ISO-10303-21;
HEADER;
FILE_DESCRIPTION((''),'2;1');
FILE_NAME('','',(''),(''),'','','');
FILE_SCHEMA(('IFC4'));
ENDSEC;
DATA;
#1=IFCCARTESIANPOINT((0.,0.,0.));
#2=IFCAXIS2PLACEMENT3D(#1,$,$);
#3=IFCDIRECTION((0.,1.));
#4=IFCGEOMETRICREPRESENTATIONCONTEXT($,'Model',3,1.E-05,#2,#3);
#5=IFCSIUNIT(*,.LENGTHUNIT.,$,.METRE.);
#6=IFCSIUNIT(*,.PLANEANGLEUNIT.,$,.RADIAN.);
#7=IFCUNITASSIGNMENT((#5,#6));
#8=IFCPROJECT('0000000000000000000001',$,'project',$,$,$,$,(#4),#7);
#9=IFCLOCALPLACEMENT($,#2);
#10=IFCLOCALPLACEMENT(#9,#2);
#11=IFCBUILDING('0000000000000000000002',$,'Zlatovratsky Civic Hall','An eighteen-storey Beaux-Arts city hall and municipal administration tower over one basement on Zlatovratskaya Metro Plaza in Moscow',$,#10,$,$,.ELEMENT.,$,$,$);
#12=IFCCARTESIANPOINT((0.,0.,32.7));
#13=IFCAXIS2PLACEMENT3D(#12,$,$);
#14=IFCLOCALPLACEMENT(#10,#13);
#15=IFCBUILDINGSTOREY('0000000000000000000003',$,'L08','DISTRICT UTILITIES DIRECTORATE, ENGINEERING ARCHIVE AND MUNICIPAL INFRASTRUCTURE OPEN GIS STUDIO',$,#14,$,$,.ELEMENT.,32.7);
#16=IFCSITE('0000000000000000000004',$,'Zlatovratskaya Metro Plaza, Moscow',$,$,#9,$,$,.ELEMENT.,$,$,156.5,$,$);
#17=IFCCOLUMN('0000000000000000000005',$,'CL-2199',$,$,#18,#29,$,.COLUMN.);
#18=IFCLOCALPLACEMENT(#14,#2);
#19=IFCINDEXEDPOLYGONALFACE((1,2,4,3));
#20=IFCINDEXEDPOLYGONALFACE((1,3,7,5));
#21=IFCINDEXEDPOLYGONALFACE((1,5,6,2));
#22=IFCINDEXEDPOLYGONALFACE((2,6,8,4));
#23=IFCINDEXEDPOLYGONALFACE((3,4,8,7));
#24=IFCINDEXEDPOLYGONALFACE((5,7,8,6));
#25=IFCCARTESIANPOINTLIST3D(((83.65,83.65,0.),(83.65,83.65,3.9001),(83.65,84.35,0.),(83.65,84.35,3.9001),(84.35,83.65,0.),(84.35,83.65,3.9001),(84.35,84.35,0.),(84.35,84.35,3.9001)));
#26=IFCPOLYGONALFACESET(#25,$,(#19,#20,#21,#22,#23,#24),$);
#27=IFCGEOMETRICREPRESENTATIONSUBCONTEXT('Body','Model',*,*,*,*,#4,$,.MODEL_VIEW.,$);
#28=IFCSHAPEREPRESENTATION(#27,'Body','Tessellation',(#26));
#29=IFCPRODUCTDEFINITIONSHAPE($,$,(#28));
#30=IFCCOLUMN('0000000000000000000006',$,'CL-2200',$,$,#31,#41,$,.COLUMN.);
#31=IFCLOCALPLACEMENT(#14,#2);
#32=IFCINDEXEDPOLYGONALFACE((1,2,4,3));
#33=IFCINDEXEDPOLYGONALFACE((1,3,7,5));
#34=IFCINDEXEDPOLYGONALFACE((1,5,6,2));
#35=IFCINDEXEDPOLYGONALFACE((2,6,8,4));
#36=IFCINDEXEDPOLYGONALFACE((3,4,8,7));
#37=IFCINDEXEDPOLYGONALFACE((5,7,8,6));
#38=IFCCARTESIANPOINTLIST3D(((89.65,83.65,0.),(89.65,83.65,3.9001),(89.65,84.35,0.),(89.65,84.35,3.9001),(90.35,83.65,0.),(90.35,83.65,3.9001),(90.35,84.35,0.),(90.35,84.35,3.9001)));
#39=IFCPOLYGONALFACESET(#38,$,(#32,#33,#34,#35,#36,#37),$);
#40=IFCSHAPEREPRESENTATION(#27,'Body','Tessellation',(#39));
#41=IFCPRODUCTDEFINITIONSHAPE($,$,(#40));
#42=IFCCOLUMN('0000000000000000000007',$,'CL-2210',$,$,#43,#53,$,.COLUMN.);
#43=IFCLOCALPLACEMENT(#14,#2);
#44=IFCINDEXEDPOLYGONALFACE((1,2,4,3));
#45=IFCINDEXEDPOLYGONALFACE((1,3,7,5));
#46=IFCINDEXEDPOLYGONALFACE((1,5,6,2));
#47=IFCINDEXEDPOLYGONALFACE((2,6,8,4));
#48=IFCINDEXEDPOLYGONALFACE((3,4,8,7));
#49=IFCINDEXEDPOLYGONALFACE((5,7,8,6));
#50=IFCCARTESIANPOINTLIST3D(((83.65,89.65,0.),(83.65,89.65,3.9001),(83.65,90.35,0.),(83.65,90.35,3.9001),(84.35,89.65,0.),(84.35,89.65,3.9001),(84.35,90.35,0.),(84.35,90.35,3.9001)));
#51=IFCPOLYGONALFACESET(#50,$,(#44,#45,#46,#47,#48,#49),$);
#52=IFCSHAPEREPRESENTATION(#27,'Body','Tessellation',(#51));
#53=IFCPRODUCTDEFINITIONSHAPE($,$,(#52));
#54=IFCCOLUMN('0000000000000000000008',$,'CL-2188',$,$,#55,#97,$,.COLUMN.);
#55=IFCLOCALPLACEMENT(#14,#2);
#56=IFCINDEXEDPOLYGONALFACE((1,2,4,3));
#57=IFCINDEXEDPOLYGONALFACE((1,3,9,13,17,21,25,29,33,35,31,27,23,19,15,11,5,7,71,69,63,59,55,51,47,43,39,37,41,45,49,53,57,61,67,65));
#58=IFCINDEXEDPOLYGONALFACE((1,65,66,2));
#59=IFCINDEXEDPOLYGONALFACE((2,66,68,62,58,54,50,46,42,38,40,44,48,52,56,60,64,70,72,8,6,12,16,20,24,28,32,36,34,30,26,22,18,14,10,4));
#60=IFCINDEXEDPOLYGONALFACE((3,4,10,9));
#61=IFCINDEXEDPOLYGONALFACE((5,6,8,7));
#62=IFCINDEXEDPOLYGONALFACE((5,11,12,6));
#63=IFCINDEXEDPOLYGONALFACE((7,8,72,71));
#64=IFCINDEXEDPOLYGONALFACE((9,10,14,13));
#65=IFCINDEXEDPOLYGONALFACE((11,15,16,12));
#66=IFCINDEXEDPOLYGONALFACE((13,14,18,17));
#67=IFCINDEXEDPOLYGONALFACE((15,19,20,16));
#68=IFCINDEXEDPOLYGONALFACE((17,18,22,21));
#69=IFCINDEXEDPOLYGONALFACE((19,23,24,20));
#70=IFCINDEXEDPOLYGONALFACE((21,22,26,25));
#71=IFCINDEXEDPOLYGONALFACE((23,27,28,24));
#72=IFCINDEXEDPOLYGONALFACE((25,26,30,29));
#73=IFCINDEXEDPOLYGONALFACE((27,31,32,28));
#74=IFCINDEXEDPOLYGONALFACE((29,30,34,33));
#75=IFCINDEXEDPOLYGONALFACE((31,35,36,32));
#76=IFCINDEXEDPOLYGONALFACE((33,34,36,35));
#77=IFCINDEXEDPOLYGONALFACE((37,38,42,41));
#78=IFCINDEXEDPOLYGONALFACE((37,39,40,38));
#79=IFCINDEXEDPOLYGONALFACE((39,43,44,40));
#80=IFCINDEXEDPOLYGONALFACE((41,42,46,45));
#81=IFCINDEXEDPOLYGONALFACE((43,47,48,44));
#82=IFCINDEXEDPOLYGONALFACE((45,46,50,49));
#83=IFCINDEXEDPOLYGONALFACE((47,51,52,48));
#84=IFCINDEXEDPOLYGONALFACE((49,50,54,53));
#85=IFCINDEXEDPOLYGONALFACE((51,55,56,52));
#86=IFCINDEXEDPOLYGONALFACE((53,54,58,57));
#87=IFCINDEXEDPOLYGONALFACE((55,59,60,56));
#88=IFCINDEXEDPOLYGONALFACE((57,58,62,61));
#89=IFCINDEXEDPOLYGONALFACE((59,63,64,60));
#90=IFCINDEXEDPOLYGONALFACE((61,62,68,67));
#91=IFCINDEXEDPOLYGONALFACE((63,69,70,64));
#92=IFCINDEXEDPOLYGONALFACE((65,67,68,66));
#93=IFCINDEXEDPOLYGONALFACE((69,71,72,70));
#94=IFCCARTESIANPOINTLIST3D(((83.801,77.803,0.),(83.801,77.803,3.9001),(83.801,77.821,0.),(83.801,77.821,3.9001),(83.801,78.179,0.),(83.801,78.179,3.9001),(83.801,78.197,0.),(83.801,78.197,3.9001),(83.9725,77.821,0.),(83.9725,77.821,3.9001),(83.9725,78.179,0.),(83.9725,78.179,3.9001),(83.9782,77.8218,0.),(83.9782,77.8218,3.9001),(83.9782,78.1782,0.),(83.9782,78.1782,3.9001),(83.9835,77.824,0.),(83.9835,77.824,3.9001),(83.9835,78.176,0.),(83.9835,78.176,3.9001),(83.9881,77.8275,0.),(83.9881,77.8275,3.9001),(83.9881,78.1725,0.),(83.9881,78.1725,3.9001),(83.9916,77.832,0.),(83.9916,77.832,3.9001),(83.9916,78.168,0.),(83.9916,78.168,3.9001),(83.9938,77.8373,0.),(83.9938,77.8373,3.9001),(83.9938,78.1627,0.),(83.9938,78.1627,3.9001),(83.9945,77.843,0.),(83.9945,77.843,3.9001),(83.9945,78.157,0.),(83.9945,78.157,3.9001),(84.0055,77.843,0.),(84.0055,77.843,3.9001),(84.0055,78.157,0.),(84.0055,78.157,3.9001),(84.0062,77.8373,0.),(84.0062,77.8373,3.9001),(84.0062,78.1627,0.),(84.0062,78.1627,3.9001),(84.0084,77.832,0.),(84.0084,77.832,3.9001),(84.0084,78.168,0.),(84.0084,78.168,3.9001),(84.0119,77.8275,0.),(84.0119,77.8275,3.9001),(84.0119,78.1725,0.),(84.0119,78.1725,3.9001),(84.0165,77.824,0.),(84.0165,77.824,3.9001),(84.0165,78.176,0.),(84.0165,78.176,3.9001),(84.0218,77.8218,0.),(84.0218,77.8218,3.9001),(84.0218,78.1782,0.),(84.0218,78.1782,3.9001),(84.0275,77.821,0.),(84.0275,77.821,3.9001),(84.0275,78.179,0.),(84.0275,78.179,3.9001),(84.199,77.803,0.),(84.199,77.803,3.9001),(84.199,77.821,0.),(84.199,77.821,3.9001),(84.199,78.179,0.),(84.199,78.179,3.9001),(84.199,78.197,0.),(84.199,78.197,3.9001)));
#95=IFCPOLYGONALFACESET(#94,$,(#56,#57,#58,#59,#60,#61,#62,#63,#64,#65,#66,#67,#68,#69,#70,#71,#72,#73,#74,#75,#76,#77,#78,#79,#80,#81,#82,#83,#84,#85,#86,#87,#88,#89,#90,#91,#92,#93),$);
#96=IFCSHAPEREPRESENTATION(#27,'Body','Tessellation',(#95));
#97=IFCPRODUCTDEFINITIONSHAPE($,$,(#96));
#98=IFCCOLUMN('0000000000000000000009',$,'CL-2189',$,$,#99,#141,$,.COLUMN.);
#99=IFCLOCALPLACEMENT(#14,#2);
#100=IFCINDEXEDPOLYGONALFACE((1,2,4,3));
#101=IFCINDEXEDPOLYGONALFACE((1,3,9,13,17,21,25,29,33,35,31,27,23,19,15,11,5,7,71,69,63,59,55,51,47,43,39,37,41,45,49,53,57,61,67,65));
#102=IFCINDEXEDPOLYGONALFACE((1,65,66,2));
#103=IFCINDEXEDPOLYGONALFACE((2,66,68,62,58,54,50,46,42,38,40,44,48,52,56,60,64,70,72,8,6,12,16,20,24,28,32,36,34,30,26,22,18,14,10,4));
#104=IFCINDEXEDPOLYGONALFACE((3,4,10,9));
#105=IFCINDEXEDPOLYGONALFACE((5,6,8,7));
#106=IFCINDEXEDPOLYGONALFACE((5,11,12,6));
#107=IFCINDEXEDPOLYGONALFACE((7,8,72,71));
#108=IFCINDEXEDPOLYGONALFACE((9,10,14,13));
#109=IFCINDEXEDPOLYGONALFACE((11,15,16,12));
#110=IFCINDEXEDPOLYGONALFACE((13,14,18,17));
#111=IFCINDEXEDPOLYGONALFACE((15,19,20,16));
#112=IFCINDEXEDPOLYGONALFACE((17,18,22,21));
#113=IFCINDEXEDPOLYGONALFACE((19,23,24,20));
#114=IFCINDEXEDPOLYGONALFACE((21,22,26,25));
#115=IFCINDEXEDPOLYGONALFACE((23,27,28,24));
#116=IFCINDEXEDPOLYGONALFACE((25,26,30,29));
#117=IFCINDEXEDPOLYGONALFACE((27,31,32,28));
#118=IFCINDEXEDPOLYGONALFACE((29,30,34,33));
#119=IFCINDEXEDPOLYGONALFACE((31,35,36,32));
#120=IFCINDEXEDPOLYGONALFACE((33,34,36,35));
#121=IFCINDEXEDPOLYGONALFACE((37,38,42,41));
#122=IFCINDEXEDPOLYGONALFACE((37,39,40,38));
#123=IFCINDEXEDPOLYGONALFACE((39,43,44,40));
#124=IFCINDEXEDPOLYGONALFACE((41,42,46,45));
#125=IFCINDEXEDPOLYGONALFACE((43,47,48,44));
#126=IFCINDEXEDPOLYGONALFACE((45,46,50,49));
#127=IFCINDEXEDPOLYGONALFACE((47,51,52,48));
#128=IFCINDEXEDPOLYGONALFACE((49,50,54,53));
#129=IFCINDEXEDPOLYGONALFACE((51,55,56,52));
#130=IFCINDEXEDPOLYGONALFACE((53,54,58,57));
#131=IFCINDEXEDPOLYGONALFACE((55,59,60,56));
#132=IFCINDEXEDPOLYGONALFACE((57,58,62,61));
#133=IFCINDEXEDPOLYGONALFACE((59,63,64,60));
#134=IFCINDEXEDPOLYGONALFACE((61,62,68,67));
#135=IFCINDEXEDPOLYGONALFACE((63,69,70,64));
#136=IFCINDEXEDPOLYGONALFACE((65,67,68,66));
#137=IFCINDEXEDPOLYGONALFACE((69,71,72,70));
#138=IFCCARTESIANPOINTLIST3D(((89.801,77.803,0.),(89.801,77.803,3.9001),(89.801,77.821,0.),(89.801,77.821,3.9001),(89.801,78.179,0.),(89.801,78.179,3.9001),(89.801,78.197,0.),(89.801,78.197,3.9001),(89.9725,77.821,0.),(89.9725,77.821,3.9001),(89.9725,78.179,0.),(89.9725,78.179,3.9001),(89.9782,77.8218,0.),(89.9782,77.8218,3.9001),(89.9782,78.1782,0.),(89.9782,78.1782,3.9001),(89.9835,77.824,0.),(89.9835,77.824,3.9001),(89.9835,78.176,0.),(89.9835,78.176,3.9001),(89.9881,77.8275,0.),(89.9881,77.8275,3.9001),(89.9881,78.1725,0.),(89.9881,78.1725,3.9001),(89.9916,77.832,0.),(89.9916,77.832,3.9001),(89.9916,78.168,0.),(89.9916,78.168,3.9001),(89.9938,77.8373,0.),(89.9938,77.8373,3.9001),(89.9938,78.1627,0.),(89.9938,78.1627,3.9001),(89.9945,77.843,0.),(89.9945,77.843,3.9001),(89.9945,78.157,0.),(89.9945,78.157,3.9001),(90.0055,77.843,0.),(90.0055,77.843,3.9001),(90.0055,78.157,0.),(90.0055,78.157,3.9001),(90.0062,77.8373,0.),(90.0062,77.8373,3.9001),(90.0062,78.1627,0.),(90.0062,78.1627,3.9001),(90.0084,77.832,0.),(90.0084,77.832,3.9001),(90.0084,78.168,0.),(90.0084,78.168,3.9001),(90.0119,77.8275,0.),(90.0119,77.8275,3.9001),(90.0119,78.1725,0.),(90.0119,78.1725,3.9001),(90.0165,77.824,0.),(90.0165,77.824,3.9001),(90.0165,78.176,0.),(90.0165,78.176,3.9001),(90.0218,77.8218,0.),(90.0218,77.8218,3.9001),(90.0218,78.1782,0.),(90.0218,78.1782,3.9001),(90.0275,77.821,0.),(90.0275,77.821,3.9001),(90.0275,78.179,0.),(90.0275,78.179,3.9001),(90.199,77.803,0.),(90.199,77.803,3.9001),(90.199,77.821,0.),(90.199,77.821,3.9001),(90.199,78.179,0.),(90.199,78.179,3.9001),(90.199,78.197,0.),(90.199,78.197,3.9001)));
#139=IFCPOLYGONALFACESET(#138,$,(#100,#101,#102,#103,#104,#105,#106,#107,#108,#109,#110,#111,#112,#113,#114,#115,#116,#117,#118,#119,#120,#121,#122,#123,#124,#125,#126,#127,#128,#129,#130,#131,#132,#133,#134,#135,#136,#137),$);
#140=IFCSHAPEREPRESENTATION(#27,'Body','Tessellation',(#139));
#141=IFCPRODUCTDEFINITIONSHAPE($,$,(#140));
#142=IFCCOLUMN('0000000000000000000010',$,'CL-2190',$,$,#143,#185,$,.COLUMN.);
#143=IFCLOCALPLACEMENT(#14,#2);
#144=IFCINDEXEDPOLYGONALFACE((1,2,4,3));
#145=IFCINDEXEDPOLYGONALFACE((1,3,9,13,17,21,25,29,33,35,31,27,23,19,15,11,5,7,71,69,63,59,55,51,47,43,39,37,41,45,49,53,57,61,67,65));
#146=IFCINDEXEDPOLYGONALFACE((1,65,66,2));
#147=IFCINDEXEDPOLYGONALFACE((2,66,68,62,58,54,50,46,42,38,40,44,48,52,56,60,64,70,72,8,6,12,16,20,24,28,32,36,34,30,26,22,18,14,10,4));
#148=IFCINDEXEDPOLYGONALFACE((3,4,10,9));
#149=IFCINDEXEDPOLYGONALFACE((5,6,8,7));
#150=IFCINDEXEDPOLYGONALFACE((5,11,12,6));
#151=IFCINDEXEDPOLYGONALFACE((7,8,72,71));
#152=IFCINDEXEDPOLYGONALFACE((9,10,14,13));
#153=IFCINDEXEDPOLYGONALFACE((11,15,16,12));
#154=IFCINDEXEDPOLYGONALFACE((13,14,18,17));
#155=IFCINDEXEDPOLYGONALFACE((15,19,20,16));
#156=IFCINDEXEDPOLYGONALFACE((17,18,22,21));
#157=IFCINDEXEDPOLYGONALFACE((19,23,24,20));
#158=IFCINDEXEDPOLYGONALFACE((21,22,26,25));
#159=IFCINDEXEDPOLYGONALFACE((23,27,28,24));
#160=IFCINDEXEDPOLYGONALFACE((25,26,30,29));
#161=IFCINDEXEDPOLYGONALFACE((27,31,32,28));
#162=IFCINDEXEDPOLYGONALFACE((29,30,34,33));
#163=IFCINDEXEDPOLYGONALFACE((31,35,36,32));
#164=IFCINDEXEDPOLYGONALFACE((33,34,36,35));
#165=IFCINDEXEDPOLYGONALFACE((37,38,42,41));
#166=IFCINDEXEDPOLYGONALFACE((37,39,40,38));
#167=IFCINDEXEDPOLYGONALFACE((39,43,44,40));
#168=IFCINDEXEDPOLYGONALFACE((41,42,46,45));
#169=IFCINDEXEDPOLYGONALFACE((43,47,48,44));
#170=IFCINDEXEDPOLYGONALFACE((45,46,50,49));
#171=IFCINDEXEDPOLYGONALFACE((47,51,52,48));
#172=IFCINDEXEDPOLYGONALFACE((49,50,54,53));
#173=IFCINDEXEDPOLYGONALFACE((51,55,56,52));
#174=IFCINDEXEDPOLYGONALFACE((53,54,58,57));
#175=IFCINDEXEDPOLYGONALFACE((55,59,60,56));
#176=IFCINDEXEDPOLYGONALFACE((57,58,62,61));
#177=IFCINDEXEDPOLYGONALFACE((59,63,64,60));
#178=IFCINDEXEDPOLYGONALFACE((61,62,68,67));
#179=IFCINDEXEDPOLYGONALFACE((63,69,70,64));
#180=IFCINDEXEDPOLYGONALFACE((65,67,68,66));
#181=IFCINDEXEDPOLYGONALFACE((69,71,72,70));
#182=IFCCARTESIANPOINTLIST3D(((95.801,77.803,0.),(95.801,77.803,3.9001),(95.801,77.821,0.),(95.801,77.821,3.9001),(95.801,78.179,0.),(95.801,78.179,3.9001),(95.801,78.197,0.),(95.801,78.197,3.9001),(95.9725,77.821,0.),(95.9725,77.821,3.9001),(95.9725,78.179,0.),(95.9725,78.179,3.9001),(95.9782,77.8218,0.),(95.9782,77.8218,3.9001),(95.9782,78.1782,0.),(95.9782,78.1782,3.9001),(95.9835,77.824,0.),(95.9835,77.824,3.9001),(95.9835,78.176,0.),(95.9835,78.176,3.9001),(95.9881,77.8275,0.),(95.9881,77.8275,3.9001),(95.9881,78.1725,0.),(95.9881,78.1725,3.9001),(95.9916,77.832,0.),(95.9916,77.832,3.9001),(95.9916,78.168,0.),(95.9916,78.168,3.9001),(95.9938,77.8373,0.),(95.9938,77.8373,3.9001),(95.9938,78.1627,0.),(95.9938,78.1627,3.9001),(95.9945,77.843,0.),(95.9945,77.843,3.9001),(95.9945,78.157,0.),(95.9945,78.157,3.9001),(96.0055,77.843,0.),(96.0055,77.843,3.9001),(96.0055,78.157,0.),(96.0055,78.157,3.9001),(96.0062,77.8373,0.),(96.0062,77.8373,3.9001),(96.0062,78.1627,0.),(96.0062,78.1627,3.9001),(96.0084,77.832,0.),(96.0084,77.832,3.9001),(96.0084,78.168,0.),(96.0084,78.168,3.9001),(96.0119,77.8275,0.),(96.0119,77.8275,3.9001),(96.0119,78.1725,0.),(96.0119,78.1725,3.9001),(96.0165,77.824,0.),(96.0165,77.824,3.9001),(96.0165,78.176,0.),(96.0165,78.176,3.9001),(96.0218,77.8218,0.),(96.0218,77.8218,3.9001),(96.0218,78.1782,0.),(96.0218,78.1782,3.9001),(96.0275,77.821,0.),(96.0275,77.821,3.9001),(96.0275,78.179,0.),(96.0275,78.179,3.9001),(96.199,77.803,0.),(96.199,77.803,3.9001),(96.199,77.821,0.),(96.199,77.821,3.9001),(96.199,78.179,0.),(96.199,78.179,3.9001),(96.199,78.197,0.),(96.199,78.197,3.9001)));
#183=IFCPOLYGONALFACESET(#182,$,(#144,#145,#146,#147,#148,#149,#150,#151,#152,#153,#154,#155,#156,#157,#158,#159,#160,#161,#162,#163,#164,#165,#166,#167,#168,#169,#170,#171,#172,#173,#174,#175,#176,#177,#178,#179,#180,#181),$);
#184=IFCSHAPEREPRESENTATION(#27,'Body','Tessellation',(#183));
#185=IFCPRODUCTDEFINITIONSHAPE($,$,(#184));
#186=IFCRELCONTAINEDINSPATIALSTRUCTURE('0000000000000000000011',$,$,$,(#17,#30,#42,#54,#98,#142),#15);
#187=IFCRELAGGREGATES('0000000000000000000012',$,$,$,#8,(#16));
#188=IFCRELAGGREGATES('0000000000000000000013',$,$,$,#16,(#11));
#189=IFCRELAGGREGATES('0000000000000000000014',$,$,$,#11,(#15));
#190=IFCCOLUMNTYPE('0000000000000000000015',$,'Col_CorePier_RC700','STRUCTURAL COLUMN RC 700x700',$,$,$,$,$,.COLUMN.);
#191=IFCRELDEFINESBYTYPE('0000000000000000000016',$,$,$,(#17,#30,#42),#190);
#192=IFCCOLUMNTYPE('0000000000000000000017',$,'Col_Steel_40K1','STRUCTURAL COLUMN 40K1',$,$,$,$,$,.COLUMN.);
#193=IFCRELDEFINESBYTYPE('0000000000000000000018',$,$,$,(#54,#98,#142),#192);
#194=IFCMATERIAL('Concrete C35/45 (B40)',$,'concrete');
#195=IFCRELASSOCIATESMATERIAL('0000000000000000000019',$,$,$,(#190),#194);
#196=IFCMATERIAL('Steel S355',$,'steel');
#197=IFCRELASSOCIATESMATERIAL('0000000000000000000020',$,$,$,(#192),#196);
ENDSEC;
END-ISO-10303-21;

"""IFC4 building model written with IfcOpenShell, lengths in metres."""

from ifc_helpers import new_model, si_unit, direction, frame, origin, origin_2d, place, context, subcontext, project, spatial, rectangle, i_section, extrude, material, material_profile, profile_set, type_object, element, save


model = new_model("IFC4")

# Units and contexts
model_context = context("Model", 3, precision=1e-05, world=origin(), true_north=direction((0.0, 1.0)))
body_context = subcontext(model_context, "Body", "Model", "MODEL_VIEW")
ifc_project = project(units=[si_unit("LENGTHUNIT", "METRE"), si_unit("PLANEANGLEUNIT", "RADIAN")], contexts=[model_context])

# Site, building, storey
site_placement = place(None, origin())
site = spatial("IfcSite", under=ifc_project, at=site_placement, Name="Zlatovratskaya Metro Plaza, Moscow", CompositionType="ELEMENT", RefElevation=156.5)
building_placement = place(site_placement, origin())
building = spatial("IfcBuilding", under=site, at=building_placement, Name="Zlatovratsky Civic Hall", Description="An eighteen-storey Beaux-Arts city hall and municipal administration tower over one basement on Zlatovratskaya Metro Plaza in Moscow", CompositionType="ELEMENT")
storey_placement = place(building_placement, frame((0.0, 0.0, 32.7)))
storey = spatial("IfcBuildingStorey", under=building, at=storey_placement, Name="L08", Description="DISTRICT UTILITIES DIRECTORATE, ENGINEERING ARCHIVE AND MUNICIPAL INFRASTRUCTURE OPEN GIS STUDIO", CompositionType="ELEMENT", Elevation=32.7)

# Columns
ifc_material_1 = material(Name="Concrete C35/45 (B40)", Category="concrete")
ifc_material_profile_1 = material_profile(ifc_material_1, rectangle(XDim=0.7, YDim=0.7, at=origin_2d()), Name="RC 700x700")
ifc_profile_set_1 = profile_set([ifc_material_profile_1], Name="Concrete C35/45 (B40)")
column_type_1 = type_object("IfcColumnType", Name="Col_CorePier_RC700", Description="STRUCTURAL COLUMN RC 700x700", PredefinedType="COLUMN", material=ifc_profile_set_1)
for number, where, z_axis, x_axis, name in (
    (1, (84.0, 84.0, 0.0), (0.0, 0.0, 1.0), (1.0, 0.0, 0.0), "CL-2199"),
    (2, (90.0, 84.0, 0.0), (0.0, 0.0, 1.0), (1.0, 0.0, 0.0), "CL-2200"),
    (3, (84.0, 90.0, 0.0), (0.0, 0.0, 1.0), (1.0, 0.0, 0.0), "CL-2210"),
):
    element("IfcColumn", number, at=place(storey_placement, frame(where, z_axis=z_axis, x_axis=x_axis)), inside=storey, type_object=column_type_1, Name=name, PredefinedType="COLUMN", context=body_context, shape_type="SweptSolid", body=[
        extrude(rectangle(XDim=0.7, YDim=0.7, at=origin_2d()), origin(), (0.0, 0.0, 1.0), 3.9001),
    ])
ifc_material_2 = material(Name="Steel S355", Category="steel")
ifc_material_profile_2 = material_profile(ifc_material_2, i_section(OverallWidth=0.3979, OverallDepth=0.394, WebThickness=0.011, FlangeThickness=0.0181, FilletRadius=0.022, at=origin_2d()), Name="40K1")
ifc_profile_set_2 = profile_set([ifc_material_profile_2], Name="Steel S355")
column_type_2 = type_object("IfcColumnType", Name="Col_Steel_40K1", Description="STRUCTURAL COLUMN 40K1", PredefinedType="COLUMN", material=ifc_profile_set_2)
for number, where, z_axis, x_axis, name in (
    (4, (84.0, 78.0, 0.0), (0.0, 0.0, 1.0), (1.0, 0.0, 0.0), "CL-2188"),
    (5, (90.0, 78.0, 0.0), (0.0, 0.0, 1.0), (1.0, 0.0, 0.0), "CL-2189"),
    (6, (96.0, 78.0, 0.0), (0.0, 0.0, 1.0), (1.0, 0.0, 0.0), "CL-2190"),
):
    element("IfcColumn", number, at=place(storey_placement, frame(where, z_axis=z_axis, x_axis=x_axis)), inside=storey, type_object=column_type_2, Name=name, PredefinedType="COLUMN", context=body_context, shape_type="SweptSolid", body=[
        extrude(i_section(OverallWidth=0.3979, OverallDepth=0.394, WebThickness=0.011, FlangeThickness=0.0181, FilletRadius=0.022, at=origin_2d()), origin(), (0.0, 0.0, 1.0), 3.9001),
    ])

save(model, "model.ifc")
